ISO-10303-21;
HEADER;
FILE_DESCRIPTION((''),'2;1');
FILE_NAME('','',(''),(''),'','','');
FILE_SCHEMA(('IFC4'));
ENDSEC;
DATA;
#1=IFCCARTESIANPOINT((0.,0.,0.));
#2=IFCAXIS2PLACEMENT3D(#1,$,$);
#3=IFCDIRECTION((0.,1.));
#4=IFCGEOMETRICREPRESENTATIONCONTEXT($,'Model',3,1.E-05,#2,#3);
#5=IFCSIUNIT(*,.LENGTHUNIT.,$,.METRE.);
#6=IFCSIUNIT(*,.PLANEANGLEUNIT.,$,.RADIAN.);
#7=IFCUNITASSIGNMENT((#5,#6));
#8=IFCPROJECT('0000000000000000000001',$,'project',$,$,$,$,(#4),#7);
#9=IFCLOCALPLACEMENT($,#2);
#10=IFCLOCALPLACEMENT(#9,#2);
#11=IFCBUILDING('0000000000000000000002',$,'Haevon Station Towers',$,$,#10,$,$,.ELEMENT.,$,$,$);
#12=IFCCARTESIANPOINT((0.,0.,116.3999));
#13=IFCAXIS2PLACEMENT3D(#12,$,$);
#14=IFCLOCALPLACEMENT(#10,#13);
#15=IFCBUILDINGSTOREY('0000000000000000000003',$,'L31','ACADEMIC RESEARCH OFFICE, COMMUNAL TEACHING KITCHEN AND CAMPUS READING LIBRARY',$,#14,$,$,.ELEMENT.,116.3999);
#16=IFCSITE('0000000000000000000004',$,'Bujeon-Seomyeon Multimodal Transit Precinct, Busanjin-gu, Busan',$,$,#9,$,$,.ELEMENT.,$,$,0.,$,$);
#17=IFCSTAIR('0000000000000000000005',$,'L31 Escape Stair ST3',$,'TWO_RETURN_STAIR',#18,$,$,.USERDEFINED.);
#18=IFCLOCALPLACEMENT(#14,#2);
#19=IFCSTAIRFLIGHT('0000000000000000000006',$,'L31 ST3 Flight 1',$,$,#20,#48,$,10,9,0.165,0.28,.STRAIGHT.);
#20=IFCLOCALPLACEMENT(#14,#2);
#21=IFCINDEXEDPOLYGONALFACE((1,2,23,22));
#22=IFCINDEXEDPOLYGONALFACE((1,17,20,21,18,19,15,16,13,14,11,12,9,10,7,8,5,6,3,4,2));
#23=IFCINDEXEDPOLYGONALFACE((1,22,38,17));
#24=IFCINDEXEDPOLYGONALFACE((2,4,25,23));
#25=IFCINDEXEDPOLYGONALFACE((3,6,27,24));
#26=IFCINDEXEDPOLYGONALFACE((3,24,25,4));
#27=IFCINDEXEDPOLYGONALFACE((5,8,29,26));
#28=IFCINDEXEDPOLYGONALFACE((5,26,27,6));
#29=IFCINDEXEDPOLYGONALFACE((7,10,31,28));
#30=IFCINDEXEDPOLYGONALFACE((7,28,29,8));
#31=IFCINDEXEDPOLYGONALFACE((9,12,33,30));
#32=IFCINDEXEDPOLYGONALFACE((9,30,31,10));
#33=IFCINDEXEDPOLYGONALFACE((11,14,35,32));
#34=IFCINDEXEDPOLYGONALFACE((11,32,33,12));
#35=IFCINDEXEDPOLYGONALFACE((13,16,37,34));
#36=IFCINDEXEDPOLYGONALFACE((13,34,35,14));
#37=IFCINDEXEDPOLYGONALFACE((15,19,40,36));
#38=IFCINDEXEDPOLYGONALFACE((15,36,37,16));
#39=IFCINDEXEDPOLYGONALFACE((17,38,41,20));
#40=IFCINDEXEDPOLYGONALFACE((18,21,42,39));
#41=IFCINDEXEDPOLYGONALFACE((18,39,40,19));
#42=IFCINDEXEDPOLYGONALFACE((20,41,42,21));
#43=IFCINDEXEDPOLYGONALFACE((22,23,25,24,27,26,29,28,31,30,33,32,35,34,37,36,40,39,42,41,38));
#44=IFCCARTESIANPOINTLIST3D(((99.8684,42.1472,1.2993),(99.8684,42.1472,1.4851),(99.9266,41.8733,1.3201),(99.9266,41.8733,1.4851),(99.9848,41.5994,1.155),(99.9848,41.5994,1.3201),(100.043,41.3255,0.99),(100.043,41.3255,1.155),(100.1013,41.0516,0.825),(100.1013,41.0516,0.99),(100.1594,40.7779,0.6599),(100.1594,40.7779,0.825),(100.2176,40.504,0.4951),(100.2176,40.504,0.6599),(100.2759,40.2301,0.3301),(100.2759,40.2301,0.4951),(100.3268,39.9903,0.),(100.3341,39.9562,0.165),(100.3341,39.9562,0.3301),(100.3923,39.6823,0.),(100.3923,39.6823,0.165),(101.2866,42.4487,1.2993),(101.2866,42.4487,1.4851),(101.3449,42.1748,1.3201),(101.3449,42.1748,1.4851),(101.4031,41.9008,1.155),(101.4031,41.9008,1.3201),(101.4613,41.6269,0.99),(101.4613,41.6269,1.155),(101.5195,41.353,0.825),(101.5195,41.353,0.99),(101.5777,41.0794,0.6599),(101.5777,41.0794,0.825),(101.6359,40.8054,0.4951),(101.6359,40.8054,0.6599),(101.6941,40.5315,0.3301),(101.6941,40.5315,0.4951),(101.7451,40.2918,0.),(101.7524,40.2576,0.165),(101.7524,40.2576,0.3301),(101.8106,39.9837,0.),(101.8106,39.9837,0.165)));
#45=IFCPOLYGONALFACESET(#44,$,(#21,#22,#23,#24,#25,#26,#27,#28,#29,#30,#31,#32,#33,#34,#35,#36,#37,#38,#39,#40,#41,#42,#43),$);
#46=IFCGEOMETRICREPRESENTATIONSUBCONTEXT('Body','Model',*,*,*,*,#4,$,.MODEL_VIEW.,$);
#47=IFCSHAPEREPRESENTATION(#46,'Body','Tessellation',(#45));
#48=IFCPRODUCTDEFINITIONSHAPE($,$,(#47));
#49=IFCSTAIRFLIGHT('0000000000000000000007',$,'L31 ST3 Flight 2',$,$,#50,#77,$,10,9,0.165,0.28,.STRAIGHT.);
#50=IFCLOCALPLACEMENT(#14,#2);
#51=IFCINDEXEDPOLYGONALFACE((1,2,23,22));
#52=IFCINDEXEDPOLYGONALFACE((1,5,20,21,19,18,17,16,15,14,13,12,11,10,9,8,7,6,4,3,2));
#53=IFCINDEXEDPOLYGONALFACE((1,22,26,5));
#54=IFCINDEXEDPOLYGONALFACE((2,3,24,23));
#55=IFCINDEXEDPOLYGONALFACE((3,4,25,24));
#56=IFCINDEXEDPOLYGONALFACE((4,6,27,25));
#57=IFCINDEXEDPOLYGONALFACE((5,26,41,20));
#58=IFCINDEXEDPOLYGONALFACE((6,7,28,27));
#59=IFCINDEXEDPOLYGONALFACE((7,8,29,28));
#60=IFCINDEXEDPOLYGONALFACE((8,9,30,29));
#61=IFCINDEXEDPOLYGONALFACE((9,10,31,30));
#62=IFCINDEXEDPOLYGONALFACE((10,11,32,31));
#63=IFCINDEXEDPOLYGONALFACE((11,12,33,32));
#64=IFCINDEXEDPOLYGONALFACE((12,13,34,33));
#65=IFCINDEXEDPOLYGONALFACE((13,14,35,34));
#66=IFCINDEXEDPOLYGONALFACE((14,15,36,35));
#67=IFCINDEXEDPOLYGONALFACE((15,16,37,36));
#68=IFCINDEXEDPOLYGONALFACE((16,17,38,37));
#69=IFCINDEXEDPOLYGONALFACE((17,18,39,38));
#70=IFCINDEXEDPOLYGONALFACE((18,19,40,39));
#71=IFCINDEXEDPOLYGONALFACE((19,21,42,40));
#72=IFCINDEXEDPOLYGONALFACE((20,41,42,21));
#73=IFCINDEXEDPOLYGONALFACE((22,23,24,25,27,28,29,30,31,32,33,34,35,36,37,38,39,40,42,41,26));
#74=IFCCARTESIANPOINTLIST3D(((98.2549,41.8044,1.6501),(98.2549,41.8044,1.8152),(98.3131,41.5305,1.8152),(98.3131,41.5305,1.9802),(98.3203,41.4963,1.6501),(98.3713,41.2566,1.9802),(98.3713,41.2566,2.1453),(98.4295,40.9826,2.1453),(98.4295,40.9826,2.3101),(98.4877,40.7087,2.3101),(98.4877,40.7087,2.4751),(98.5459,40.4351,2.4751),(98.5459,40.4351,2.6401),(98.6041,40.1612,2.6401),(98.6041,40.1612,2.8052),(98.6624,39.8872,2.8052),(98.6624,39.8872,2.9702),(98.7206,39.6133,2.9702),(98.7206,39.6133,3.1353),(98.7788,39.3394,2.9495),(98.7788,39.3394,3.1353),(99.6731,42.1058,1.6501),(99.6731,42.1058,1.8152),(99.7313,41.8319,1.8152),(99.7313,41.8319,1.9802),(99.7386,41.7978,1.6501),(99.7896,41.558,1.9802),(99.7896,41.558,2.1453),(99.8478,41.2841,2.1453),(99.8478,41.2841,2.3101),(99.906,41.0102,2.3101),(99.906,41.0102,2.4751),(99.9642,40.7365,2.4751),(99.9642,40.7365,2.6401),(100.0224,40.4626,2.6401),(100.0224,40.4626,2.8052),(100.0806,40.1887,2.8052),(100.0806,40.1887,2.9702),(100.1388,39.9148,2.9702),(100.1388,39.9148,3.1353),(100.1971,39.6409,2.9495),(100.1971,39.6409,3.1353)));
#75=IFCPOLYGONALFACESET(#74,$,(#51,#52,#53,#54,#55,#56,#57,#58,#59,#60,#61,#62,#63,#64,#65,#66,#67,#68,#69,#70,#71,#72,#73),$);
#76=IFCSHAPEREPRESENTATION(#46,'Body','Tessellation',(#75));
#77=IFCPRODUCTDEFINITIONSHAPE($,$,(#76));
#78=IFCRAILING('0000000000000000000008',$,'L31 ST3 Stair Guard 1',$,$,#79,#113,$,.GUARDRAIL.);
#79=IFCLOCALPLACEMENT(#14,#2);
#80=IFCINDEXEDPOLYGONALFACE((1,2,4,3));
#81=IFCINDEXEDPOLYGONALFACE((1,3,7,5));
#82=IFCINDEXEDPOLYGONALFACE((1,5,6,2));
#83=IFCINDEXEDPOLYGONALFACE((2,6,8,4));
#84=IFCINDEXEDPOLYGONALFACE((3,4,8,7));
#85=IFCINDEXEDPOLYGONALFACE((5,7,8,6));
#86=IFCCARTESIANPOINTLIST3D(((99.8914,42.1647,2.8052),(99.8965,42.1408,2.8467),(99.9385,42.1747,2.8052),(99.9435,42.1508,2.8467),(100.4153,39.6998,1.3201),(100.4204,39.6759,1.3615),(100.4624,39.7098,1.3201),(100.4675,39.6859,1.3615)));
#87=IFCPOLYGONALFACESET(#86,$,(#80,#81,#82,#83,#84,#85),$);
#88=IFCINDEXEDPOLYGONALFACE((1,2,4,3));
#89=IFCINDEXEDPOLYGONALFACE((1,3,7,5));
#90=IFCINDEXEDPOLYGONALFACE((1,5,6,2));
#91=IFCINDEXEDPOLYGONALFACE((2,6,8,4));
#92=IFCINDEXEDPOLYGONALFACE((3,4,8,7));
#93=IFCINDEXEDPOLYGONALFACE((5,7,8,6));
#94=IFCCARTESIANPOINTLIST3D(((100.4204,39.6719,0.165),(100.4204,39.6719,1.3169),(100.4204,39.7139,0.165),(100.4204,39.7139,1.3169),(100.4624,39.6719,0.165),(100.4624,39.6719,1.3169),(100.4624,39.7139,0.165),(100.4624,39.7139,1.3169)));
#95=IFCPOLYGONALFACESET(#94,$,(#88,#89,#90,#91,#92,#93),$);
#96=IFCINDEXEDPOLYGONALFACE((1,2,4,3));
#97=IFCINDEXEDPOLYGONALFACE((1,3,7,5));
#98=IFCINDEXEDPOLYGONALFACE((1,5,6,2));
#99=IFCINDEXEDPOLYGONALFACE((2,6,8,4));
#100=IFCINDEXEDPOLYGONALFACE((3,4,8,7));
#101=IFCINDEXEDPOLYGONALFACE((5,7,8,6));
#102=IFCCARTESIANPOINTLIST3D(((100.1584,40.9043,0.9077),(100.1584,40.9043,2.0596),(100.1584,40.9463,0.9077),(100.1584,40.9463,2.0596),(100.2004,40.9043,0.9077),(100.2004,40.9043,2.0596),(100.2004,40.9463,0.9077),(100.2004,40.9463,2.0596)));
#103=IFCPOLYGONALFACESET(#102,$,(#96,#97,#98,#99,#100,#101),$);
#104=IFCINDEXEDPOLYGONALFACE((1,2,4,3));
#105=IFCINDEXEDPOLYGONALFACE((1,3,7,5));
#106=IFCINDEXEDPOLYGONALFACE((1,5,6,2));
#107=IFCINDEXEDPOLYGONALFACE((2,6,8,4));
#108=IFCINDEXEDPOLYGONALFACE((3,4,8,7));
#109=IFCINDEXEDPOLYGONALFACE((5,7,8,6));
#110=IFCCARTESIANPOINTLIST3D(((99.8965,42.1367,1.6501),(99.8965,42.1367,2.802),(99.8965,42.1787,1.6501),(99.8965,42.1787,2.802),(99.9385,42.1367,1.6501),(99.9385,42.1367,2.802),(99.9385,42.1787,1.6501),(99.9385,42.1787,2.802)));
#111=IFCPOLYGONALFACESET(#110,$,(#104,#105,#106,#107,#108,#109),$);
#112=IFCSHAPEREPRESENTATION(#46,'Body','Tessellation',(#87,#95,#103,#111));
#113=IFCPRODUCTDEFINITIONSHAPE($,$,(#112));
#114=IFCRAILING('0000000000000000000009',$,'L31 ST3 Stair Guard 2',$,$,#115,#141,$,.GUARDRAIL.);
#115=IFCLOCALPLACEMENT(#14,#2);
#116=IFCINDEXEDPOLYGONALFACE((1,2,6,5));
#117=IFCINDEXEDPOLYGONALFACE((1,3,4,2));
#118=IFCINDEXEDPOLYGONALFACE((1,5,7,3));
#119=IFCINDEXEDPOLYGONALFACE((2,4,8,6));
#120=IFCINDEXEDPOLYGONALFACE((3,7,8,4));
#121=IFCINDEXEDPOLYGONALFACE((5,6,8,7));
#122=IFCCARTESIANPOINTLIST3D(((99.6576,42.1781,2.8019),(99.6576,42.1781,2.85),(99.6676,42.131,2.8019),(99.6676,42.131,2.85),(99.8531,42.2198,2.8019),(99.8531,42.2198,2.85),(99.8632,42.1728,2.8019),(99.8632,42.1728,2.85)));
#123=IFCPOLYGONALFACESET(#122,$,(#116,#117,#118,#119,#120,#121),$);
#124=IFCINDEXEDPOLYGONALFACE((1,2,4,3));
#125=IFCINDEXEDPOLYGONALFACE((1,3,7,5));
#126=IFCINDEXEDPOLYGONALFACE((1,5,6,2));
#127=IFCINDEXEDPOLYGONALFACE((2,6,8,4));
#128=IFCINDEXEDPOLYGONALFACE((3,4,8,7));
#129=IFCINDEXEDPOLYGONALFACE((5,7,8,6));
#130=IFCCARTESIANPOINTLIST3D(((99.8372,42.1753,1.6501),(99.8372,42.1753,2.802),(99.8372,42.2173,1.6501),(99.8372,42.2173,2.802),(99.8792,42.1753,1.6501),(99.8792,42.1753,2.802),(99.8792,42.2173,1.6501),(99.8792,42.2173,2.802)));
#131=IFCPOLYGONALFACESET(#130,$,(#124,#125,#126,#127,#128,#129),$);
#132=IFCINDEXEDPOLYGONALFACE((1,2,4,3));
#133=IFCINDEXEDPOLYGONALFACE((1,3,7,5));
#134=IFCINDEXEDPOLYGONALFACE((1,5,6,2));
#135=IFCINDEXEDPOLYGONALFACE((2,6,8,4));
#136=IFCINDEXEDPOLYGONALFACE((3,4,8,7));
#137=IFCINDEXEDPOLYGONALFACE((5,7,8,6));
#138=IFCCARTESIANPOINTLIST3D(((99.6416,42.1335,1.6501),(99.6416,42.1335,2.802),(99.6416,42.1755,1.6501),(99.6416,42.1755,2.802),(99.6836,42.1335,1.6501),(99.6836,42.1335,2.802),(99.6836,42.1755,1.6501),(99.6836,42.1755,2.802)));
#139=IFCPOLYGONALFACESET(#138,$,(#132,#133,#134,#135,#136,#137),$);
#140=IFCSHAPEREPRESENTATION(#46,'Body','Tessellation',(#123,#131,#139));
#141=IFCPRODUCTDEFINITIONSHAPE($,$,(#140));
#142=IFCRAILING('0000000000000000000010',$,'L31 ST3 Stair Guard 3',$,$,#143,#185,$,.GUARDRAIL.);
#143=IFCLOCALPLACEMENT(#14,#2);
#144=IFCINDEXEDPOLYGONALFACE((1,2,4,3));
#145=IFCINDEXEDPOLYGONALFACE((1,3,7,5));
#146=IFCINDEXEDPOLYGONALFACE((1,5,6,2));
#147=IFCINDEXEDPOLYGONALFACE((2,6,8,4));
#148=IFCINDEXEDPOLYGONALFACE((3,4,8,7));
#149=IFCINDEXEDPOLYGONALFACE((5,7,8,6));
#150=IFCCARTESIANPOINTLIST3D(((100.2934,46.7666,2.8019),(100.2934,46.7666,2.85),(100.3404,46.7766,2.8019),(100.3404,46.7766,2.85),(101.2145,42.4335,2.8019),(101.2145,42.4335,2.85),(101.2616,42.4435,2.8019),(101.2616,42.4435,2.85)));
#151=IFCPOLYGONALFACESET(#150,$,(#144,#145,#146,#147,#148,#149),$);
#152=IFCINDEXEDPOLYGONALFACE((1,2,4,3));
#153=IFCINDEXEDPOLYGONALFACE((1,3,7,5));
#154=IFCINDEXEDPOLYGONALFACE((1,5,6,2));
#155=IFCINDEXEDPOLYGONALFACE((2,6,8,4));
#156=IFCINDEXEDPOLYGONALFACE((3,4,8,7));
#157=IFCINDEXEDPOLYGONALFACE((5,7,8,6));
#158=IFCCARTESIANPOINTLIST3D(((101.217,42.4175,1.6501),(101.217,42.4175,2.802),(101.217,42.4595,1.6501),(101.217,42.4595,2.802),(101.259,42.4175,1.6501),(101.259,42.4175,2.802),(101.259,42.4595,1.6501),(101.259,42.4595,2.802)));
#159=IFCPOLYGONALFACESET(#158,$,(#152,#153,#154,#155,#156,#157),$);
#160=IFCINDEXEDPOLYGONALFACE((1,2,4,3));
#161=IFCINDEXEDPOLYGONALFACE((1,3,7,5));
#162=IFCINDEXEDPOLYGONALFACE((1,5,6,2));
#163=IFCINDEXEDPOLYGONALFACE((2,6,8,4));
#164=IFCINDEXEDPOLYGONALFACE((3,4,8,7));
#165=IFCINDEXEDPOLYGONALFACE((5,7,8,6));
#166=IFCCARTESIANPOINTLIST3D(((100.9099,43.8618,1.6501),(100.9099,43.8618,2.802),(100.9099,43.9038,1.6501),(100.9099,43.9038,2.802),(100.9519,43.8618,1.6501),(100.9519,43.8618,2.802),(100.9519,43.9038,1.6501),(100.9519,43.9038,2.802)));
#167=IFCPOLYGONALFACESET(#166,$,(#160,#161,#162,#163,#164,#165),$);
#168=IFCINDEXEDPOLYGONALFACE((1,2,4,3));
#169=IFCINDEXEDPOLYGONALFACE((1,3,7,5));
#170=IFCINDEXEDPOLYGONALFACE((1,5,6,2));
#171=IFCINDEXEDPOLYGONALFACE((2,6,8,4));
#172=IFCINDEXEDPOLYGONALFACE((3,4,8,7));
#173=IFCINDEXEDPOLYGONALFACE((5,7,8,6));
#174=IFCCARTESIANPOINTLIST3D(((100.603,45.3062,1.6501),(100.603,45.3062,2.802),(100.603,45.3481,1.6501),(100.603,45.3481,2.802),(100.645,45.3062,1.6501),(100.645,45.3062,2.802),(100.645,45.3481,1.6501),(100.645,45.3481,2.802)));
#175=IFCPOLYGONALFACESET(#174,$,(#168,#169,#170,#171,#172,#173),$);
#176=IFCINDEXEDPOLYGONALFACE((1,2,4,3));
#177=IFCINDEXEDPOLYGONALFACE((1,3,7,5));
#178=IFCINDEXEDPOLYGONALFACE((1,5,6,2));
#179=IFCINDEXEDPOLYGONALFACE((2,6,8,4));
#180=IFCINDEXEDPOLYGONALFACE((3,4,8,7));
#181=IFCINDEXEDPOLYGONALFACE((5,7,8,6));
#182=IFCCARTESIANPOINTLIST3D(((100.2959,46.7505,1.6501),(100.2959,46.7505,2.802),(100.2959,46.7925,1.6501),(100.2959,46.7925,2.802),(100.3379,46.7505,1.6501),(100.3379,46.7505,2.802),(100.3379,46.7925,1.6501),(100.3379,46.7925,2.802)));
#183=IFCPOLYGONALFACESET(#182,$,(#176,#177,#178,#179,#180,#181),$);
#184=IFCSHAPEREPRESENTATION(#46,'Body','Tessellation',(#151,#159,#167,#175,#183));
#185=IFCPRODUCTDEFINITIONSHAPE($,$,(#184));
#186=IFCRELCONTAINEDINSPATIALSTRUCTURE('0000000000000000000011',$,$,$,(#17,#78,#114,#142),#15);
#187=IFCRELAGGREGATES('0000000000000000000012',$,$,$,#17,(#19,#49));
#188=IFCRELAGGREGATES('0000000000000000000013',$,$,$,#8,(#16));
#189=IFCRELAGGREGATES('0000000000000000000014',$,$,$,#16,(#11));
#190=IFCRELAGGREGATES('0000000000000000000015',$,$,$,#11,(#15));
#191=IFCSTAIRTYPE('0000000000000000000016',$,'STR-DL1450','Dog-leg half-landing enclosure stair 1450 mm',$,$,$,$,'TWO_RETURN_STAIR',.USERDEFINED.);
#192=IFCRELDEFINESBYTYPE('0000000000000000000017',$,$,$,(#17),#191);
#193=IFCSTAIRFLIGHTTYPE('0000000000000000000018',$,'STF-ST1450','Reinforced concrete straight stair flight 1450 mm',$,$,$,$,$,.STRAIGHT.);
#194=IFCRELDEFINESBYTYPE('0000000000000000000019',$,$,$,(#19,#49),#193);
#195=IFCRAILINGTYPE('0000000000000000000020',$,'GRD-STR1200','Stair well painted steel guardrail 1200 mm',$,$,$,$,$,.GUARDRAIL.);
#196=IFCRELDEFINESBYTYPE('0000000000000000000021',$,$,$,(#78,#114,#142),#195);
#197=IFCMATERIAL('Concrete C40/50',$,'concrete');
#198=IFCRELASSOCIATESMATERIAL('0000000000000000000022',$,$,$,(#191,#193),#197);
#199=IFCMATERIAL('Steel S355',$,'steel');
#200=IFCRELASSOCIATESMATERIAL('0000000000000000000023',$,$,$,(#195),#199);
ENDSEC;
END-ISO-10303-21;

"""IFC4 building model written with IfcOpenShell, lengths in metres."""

from ifc_helpers import new_model, si_unit, direction, frame, origin, origin_2d, place, context, subcontext, project, spatial, polyline, rectangle, outline, extrude, material, type_object, element, aggregate, save


model = new_model("IFC4")

# Units and contexts
model_context = context("Model", 3, precision=1e-05, world=origin(), true_north=direction((0.0, 1.0)))
body_context = subcontext(model_context, "Body", "Model", "MODEL_VIEW")
ifc_project = project(units=[si_unit("LENGTHUNIT", "METRE"), si_unit("PLANEANGLEUNIT", "RADIAN")], contexts=[model_context])

# Site, building, storey
site_placement = place(None, origin())
site = spatial("IfcSite", under=ifc_project, at=site_placement, Name="Bujeon-Seomyeon Multimodal Transit Precinct, Busanjin-gu, Busan", CompositionType="ELEMENT", RefElevation=0.0)
building_placement = place(site_placement, origin())
building = spatial("IfcBuilding", under=site, at=building_placement, Name="Haevon Station Towers", CompositionType="ELEMENT")
storey_placement = place(building_placement, frame((0.0, 0.0, 116.3999)))
storey = spatial("IfcBuildingStorey", under=building, at=storey_placement, Name="L31", Description="ACADEMIC RESEARCH OFFICE, COMMUNAL TEACHING KITCHEN AND CAMPUS READING LIBRARY", CompositionType="ELEMENT", Elevation=116.3999)

# Shared definitions
ifc_material_1 = material(Name="Steel S355", Category="steel")

# Shared definitions
ifc_material_2 = material(Name="Concrete C40/50", Category="concrete")

# Stair, stair flights
stair_type = type_object("IfcStairType", Name="STR-DL1450", Description="Dog-leg half-landing enclosure stair 1450 mm", ElementType="TWO_RETURN_STAIR", PredefinedType="USERDEFINED", material=ifc_material_2)
stair_placement = place(storey_placement, origin())
stair = element("IfcStair", 1, at=stair_placement, inside=storey, type_object=stair_type, Name="L31 Escape Stair ST3", ObjectType="TWO_RETURN_STAIR", PredefinedType="USERDEFINED")
stair_flight_type = type_object("IfcStairFlightType", Name="STF-ST1450", Description="Reinforced concrete straight stair flight 1450 mm", PredefinedType="STRAIGHT", material=ifc_material_2)
stair_flight_1_placement = place(storey_placement, frame((101.1016, 39.833, 0.0), z_axis=(0.0, 0.0, 1.0), x_axis=(-0.207912, 0.978148, 0.0)))
stair_flight_1 = element("IfcStairFlight", 2, at=stair_flight_1_placement, type_object=stair_flight_type, Name="L31 ST3 Flight 1", NumberOfRisers=10, NumberOfTreads=9, PredefinedType="STRAIGHT", RiserHeight=0.165, TreadLength=0.28, context=body_context, shape_type="SweptSolid", body=[
    extrude(outline(polyline([(0.0, 0.0), (0.0, 0.165), (0.28, 0.165), (0.28, 0.3301), (0.5601, 0.3301), (0.5601, 0.4951), (0.8401, 0.4951), (0.8401, 0.6599), (1.1201, 0.6599), (1.1201, 0.825), (1.3999, 0.825), (1.3999, 0.99), (1.6799, 0.99), (1.6799, 1.155), (1.96, 1.155), (1.96, 1.3201), (2.24, 1.3201), (2.24, 1.4851), (2.52, 1.4851), (2.52, 1.6499), (2.52, 1.2993), (0.3149, 0.0), (0.0, 0.0)])), frame((0.0, 0.7251, 0.0), z_axis=(0.0, -1.0, 0.0), x_axis=(1.0, 0.0, 0.0)), (0.0, 0.0, 1.0), 1.45),
])
stair_flight_2_placement = place(storey_placement, frame((98.9639, 41.9551, 1.6501), z_axis=(0.0, 0.0, 1.0), x_axis=(0.207912, -0.978148, 0.0)))
stair_flight_2 = element("IfcStairFlight", 3, at=stair_flight_2_placement, type_object=stair_flight_type, Name="L31 ST3 Flight 2", NumberOfRisers=10, NumberOfTreads=9, PredefinedType="STRAIGHT", RiserHeight=0.165, TreadLength=0.28, context=body_context, shape_type="SweptSolid", body=[
    extrude(outline(polyline([(0.0, 0.0), (0.0, 0.165), (0.28, 0.165), (0.28, 0.3301), (0.5601, 0.3301), (0.5601, 0.4951), (0.8401, 0.4951), (0.8401, 0.6599), (1.1201, 0.6599), (1.1201, 0.825), (1.3999, 0.825), (1.3999, 0.99), (1.6799, 0.99), (1.6799, 1.155), (1.96, 1.155), (1.96, 1.3201), (2.24, 1.3201), (2.24, 1.4851), (2.52, 1.4851), (2.52, 1.6499), (2.52, 1.2993), (0.3149, 0.0), (0.0, 0.0)])), frame((0.0, 0.7251, 0.0), z_axis=(0.0, -1.0, 0.0), x_axis=(1.0, 0.0, 0.0)), (0.0, 0.0, 1.0), 1.45),
])
aggregate(stair, [stair_flight_1, stair_flight_2])

# Railings
railing_type_1 = type_object("IfcRailingType", Name="GRD-STR1200", Description="Stair well painted steel guardrail 1200 mm", PredefinedType="GUARDRAIL", material=ifc_material_1)
railing_1_placement = place(storey_placement, frame((100.4414, 39.6929, 0.165)))
element("IfcRailing", 4, at=railing_1_placement, inside=storey, type_object=railing_type_1, Name="L31 ST3 Stair Guard 1", PredefinedType="GUARDRAIL", context=body_context, shape_type="SweptSolid", body=[
    extrude(rectangle(XDim=0.0481, YDim=0.0481, at=origin_2d()), frame((0.0, 0.0, 1.1758), z_axis=(-0.179121, 0.842688, 0.507733), x_axis=(-0.978147, -0.207914, 0.0)), (0.0, 0.0, 1.0), 2.925),
    extrude(rectangle(XDim=0.042, YDim=0.042, at=origin_2d()), origin(), (0.0, 0.0, 1.0), 1.1519),
    extrude(rectangle(XDim=0.042, YDim=0.042, at=origin_2d()), frame((-0.262, 1.2324, 0.7427)), (0.0, 0.0, 1.0), 1.1519),
    extrude(rectangle(XDim=0.042, YDim=0.042, at=origin_2d()), frame((-0.5239, 2.4648, 1.4851)), (0.0, 0.0, 1.0), 1.1519),
])
railing_2_placement = place(storey_placement, frame((99.8582, 42.1963, 1.6501)))
element("IfcRailing", 5, at=railing_2_placement, inside=storey, type_object=railing_type_1, Name="L31 ST3 Stair Guard 2", PredefinedType="GUARDRAIL", context=body_context, shape_type="SweptSolid", body=[
    extrude(rectangle(XDim=0.0481, YDim=0.0481, at=origin_2d()), frame((0.0, 0.0, 1.1758), z_axis=(-0.977963, -0.208779, 0.0), x_axis=(0.208779, -0.977963, 0.0)), (0.0, 0.0, 1.0), 0.2),
    extrude(rectangle(XDim=0.042, YDim=0.042, at=origin_2d()), origin(), (0.0, 0.0, 1.0), 1.1519),
    extrude(rectangle(XDim=0.042, YDim=0.042, at=origin_2d()), frame((-0.1956, -0.0417, 0.0)), (0.0, 0.0, 1.0), 1.1519),
])
railing_3_placement = place(storey_placement, frame((101.238, 42.4385, 1.6501)))
element("IfcRailing", 6, at=railing_3_placement, inside=storey, type_object=railing_type_1, Name="L31 ST3 Stair Guard 3", PredefinedType="GUARDRAIL", context=body_context, shape_type="SweptSolid", body=[
    extrude(rectangle(XDim=0.0481, YDim=0.0481, at=origin_2d()), frame((0.0, 0.0, 1.1758), z_axis=(-0.20794, 0.978141, 0.0), x_axis=(-0.978141, -0.20794, 0.0)), (0.0, 0.0, 1.0), 4.4299),
    extrude(rectangle(XDim=0.042, YDim=0.042, at=origin_2d()), origin(), (0.0, 0.0, 1.0), 1.1519),
    extrude(rectangle(XDim=0.042, YDim=0.042, at=origin_2d()), frame((-0.3071, 1.4443, 0.0)), (0.0, 0.0, 1.0), 1.1519),
    extrude(rectangle(XDim=0.042, YDim=0.042, at=origin_2d()), frame((-0.614, 2.8887, 0.0)), (0.0, 0.0, 1.0), 1.1519),
    extrude(rectangle(XDim=0.042, YDim=0.042, at=origin_2d()), frame((-0.9211, 4.333, 0.0)), (0.0, 0.0, 1.0), 1.1519),
])

save(model, "model.ifc")
